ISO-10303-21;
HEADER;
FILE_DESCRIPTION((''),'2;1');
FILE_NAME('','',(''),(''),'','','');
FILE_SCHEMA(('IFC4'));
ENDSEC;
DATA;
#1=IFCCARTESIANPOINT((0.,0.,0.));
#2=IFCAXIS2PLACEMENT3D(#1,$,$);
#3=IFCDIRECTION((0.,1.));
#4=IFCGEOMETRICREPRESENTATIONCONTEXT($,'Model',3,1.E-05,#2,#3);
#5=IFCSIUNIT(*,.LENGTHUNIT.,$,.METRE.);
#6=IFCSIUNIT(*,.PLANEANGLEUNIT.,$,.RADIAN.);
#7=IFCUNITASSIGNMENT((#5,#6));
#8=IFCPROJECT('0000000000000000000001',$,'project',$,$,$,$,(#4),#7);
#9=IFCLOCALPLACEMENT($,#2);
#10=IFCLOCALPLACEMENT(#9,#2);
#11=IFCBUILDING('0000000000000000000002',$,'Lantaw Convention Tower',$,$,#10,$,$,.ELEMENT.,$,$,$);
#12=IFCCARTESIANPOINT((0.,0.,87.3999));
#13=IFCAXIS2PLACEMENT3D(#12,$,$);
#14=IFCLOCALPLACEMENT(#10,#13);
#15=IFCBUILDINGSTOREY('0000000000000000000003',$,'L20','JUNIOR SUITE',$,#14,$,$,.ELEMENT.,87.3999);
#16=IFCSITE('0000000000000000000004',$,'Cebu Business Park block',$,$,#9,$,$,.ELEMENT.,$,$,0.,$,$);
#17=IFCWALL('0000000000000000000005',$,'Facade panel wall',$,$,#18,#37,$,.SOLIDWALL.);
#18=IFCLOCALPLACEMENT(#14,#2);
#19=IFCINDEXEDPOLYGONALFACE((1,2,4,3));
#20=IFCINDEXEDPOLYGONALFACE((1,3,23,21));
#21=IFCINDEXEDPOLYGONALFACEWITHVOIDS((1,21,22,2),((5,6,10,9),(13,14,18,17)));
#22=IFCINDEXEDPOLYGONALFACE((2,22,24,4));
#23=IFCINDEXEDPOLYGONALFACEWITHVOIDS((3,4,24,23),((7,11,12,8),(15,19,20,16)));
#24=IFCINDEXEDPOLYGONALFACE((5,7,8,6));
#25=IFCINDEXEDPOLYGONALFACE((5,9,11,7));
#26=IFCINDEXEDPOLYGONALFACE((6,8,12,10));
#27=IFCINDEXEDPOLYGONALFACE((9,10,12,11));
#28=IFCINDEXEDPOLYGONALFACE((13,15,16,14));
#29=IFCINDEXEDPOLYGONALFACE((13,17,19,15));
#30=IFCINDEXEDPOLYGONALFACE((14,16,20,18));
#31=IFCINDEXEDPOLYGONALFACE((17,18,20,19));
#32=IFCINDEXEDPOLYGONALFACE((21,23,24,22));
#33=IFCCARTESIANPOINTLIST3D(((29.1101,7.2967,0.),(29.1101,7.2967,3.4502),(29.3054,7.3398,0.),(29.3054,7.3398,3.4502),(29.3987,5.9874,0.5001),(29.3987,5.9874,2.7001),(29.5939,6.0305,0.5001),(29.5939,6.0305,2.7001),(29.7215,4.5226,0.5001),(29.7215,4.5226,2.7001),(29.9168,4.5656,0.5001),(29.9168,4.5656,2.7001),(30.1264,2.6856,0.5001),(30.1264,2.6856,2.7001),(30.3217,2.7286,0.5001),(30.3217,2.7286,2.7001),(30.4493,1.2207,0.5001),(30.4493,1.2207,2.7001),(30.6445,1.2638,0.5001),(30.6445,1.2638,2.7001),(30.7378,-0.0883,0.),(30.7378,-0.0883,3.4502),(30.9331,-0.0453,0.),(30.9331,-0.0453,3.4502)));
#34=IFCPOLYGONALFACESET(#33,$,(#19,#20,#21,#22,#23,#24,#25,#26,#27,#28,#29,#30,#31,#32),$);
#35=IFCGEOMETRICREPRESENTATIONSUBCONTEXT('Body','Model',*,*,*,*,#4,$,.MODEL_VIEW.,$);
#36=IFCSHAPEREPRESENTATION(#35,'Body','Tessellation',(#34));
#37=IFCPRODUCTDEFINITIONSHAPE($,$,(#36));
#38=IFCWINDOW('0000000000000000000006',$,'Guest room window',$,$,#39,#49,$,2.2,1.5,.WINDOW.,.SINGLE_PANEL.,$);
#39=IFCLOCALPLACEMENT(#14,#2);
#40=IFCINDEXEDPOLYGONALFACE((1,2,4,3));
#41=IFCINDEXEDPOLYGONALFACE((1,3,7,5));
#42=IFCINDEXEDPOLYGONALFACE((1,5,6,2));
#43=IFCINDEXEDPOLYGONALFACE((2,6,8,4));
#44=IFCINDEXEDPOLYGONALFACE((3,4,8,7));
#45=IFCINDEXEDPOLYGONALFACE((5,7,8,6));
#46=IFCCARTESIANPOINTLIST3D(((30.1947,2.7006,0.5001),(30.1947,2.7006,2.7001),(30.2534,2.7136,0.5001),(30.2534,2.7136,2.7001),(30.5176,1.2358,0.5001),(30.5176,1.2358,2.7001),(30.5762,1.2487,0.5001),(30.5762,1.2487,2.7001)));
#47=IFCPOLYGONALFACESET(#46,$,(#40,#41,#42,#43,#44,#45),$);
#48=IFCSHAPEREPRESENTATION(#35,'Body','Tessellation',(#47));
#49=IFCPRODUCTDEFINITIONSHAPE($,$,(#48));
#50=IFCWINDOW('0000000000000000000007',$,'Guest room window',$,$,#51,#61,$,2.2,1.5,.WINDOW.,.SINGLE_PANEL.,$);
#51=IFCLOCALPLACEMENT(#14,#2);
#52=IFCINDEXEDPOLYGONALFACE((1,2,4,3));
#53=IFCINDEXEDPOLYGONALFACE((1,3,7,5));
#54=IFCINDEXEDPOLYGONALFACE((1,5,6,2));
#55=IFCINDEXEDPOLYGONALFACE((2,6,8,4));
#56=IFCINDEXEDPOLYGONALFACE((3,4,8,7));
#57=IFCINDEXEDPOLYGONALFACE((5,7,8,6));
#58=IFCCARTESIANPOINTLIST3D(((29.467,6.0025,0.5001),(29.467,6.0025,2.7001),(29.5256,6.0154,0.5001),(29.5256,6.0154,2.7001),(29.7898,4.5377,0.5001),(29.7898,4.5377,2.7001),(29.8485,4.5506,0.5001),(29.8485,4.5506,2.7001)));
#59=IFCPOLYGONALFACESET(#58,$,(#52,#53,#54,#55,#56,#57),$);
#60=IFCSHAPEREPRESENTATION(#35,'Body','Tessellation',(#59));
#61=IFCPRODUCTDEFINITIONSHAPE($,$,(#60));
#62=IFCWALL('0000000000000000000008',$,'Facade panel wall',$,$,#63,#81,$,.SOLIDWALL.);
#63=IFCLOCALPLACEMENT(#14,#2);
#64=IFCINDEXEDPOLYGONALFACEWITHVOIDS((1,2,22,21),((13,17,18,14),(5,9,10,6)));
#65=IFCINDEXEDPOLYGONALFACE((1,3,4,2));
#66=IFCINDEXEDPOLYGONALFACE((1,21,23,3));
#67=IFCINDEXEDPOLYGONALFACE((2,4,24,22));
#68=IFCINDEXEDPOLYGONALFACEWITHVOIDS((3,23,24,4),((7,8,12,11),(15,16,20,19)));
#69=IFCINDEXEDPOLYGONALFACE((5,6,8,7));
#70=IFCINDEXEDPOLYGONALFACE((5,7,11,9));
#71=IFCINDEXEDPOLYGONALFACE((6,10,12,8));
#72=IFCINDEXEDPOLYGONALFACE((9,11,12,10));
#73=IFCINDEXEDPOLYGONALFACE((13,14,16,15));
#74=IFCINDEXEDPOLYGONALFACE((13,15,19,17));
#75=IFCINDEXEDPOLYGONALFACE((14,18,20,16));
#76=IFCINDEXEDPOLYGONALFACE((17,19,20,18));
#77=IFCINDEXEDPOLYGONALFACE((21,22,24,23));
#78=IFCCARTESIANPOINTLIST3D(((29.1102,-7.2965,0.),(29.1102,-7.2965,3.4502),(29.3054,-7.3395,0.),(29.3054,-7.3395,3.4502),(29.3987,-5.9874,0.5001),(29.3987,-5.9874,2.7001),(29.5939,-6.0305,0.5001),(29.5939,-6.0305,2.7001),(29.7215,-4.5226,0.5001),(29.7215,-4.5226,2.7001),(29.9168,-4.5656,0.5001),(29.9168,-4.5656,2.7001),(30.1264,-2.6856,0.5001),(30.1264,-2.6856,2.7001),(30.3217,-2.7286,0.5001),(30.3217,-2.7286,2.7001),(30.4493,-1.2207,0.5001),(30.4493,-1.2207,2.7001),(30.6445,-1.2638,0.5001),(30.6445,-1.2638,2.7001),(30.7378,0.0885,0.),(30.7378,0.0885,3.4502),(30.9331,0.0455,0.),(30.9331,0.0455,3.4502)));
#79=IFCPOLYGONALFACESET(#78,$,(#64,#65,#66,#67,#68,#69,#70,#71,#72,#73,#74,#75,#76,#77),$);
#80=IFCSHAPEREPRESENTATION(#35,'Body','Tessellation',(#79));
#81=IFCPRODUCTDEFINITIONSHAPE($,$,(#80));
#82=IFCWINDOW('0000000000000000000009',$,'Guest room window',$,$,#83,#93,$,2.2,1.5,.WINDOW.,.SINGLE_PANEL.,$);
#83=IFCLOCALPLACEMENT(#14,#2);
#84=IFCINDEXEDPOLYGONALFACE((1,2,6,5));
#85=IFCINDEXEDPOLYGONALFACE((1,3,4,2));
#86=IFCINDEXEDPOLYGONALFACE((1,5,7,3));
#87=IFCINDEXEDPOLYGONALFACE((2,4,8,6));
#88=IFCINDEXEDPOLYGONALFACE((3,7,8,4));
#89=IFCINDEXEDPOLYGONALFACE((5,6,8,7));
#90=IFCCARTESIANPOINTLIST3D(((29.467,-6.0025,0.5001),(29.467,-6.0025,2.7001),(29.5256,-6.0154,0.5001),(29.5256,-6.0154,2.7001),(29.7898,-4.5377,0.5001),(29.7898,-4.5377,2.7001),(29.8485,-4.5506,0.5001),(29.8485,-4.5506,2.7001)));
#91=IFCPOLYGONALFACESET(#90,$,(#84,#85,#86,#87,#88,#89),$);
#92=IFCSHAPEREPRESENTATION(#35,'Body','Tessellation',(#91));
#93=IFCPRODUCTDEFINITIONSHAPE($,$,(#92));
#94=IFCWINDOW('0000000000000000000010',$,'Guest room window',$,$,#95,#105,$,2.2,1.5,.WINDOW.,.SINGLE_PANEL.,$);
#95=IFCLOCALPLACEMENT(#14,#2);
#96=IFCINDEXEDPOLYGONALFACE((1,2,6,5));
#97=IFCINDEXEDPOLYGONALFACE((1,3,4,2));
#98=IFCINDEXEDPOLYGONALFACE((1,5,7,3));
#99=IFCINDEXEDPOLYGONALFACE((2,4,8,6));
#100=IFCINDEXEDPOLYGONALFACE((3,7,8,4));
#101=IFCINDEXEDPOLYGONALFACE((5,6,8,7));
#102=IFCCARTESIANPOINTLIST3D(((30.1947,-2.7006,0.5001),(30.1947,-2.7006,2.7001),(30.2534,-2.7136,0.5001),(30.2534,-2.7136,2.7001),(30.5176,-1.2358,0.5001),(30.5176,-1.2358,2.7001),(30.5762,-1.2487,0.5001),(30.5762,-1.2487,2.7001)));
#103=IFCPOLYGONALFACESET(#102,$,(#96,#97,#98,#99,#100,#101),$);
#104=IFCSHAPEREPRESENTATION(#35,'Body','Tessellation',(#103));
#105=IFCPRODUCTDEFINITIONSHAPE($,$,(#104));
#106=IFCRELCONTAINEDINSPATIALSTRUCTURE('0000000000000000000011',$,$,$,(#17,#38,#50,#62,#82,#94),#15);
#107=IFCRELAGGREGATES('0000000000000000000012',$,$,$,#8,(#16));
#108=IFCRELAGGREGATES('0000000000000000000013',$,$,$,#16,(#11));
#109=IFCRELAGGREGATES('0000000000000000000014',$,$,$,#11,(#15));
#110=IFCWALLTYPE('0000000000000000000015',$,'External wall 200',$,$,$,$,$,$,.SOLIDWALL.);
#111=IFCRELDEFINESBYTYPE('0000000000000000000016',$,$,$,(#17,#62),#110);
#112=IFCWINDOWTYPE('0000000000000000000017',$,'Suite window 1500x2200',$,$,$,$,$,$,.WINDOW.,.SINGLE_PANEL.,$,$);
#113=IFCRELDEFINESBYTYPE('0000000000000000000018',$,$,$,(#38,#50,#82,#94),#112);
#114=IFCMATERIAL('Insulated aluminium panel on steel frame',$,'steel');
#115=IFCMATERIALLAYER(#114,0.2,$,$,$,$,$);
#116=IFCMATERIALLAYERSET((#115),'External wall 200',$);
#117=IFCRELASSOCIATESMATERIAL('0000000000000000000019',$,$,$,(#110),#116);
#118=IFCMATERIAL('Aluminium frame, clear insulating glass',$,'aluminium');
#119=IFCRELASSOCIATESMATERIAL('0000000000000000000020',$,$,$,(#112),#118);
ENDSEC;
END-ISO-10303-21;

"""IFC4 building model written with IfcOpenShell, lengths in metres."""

from ifc_helpers import new_model, si_unit, direction, frame, frame_2d, origin, place, context, subcontext, project, spatial, rectangle, extrude, material, layer, layer_set, type_object, element, fill, save


model = new_model("IFC4")

# Units and contexts
model_context = context("Model", 3, precision=1e-05, world=origin(), true_north=direction((0.0, 1.0)))
body_context = subcontext(model_context, "Body", "Model", "MODEL_VIEW")
ifc_project = project(units=[si_unit("LENGTHUNIT", "METRE"), si_unit("PLANEANGLEUNIT", "RADIAN")], contexts=[model_context])

# Site, building, storey
site_placement = place(None, origin())
site = spatial("IfcSite", under=ifc_project, at=site_placement, Name="Cebu Business Park block", CompositionType="ELEMENT", RefElevation=0.0)
building_placement = place(site_placement, origin())
building = spatial("IfcBuilding", under=site, at=building_placement, Name="Lantaw Convention Tower", CompositionType="ELEMENT")
storey_placement = place(building_placement, frame((0.0, 0.0, 87.3999)))
storey = spatial("IfcBuildingStorey", under=building, at=storey_placement, Name="L20", Description="JUNIOR SUITE", CompositionType="ELEMENT", Elevation=87.3999)

# Walls, openings, windows
ifc_material_1 = material(Name="Insulated aluminium panel on steel frame", Category="steel")
ifc_layer_1 = layer(ifc_material_1, 0.2)
ifc_layer_set_1 = layer_set([ifc_layer_1], Name="External wall 200")
wall_type_1 = type_object("IfcWallType", Name="External wall 200", PredefinedType="SOLIDWALL", material=ifc_layer_set_1)
wall_1_placement = place(storey_placement, frame((30.8354, -0.0669, 0.0), z_axis=(0.0, 0.0, 1.0), x_axis=(-0.215238, 0.976562, 0.0)))
wall_1 = element("IfcWall", 1, at=wall_1_placement, inside=storey, type_object=wall_type_1, Name="Facade panel wall", PredefinedType="SOLIDWALL", context=body_context, shape_type="SweptSolid", body=[
    extrude(rectangle(XDim=7.5623, YDim=0.2, at=frame_2d((3.7812, 0.0))), origin(), (0.0, 0.0, 1.0), 3.4502),
])
opening_1_placement = place(wall_1_placement, frame((1.3406, 0.0, 0.5)))
opening_1 = element("IfcOpeningElement", 2, at=opening_1_placement, cuts=wall_1, PredefinedType="OPENING", context=body_context, shape_type="SweptSolid", body=[
    extrude(rectangle(XDim=1.5, YDim=2.2, at=frame_2d((0.75, 1.1001))), frame((0.0, 0.1099, 0.0), z_axis=(0.0, -1.0, 0.0), x_axis=(1.0, 0.0, 0.0)), (0.0, 0.0, 1.0), 0.22),
])
opening_2_placement = place(wall_1_placement, frame((4.7217, 0.0, 0.5)))
opening_2 = element("IfcOpeningElement", 3, at=opening_2_placement, cuts=wall_1, PredefinedType="OPENING", context=body_context, shape_type="SweptSolid", body=[
    extrude(rectangle(XDim=1.5, YDim=2.2, at=frame_2d((0.75, 1.1001))), frame((0.0, 0.1099, 0.0), z_axis=(0.0, -1.0, 0.0), x_axis=(1.0, 0.0, 0.0)), (0.0, 0.0, 1.0), 0.22),
])
ifc_material_2 = material(Name="Aluminium frame, clear insulating glass", Category="aluminium")
window_type = type_object("IfcWindowType", Name="Suite window 1500x2200", PartitioningType="SINGLE_PANEL", PredefinedType="WINDOW", material=ifc_material_2)
window_1_placement = place(opening_1_placement, origin())
window_1 = element("IfcWindow", 4, at=window_1_placement, inside=storey, type_object=window_type, Name="Guest room window", OverallHeight=2.2, OverallWidth=1.5, PartitioningType="SINGLE_PANEL", PredefinedType="WINDOW", context=body_context, shape_type="SweptSolid", body=[
    extrude(rectangle(XDim=1.5, YDim=2.2, at=frame_2d((0.75, 1.1001))), frame((0.0, 0.03, 0.0), z_axis=(0.0, -1.0, 0.0), x_axis=(1.0, 0.0, 0.0)), (0.0, 0.0, 1.0), 0.0601),
])
fill(opening_1, window_1)
window_2_placement = place(opening_2_placement, origin())
window_2 = element("IfcWindow", 5, at=window_2_placement, inside=storey, type_object=window_type, Name="Guest room window", OverallHeight=2.2, OverallWidth=1.5, PartitioningType="SINGLE_PANEL", PredefinedType="WINDOW", context=body_context, shape_type="SweptSolid", body=[
    extrude(rectangle(XDim=1.5, YDim=2.2, at=frame_2d((0.75, 1.1001))), frame((0.0, 0.03, 0.0), z_axis=(0.0, -1.0, 0.0), x_axis=(1.0, 0.0, 0.0)), (0.0, 0.0, 1.0), 0.0601),
])
fill(opening_2, window_2)
wall_2_placement = place(storey_placement, frame((29.2078, -7.3181, 0.0), z_axis=(0.0, 0.0, 1.0), x_axis=(0.215238, 0.976562, 0.0)))
wall_2 = element("IfcWall", 6, at=wall_2_placement, inside=storey, type_object=wall_type_1, Name="Facade panel wall", PredefinedType="SOLIDWALL", context=body_context, shape_type="SweptSolid", body=[
    extrude(rectangle(XDim=7.5623, YDim=0.2, at=frame_2d((3.7812, 0.0))), origin(), (0.0, 0.0, 1.0), 3.4502),
])
opening_3_placement = place(wall_2_placement, frame((1.3406, 0.0, 0.5)))
opening_3 = element("IfcOpeningElement", 7, at=opening_3_placement, cuts=wall_2, PredefinedType="OPENING", context=body_context, shape_type="SweptSolid", body=[
    extrude(rectangle(XDim=1.5, YDim=2.2, at=frame_2d((0.75, 1.1001))), frame((0.0, 0.1099, 0.0), z_axis=(0.0, -1.0, 0.0), x_axis=(1.0, 0.0, 0.0)), (0.0, 0.0, 1.0), 0.22),
])
opening_4_placement = place(wall_2_placement, frame((4.7217, 0.0, 0.5)))
opening_4 = element("IfcOpeningElement", 8, at=opening_4_placement, cuts=wall_2, PredefinedType="OPENING", context=body_context, shape_type="SweptSolid", body=[
    extrude(rectangle(XDim=1.5, YDim=2.2, at=frame_2d((0.75, 1.1001))), frame((0.0, 0.1099, 0.0), z_axis=(0.0, -1.0, 0.0), x_axis=(1.0, 0.0, 0.0)), (0.0, 0.0, 1.0), 0.22),
])
window_3_placement = place(opening_3_placement, origin())
window_3 = element("IfcWindow", 9, at=window_3_placement, inside=storey, type_object=window_type, Name="Guest room window", OverallHeight=2.2, OverallWidth=1.5, PartitioningType="SINGLE_PANEL", PredefinedType="WINDOW", context=body_context, shape_type="SweptSolid", body=[
    extrude(rectangle(XDim=1.5, YDim=2.2, at=frame_2d((0.75, 1.1001))), frame((0.0, 0.03, 0.0), z_axis=(0.0, -1.0, 0.0), x_axis=(1.0, 0.0, 0.0)), (0.0, 0.0, 1.0), 0.0601),
])
fill(opening_3, window_3)
window_4_placement = place(opening_4_placement, origin())
window_4 = element("IfcWindow", 10, at=window_4_placement, inside=storey, type_object=window_type, Name="Guest room window", OverallHeight=2.2, OverallWidth=1.5, PartitioningType="SINGLE_PANEL", PredefinedType="WINDOW", context=body_context, shape_type="SweptSolid", body=[
    extrude(rectangle(XDim=1.5, YDim=2.2, at=frame_2d((0.75, 1.1001))), frame((0.0, 0.03, 0.0), z_axis=(0.0, -1.0, 0.0), x_axis=(1.0, 0.0, 0.0)), (0.0, 0.0, 1.0), 0.0601),
])
fill(opening_4, window_4)

save(model, "model.ifc")
